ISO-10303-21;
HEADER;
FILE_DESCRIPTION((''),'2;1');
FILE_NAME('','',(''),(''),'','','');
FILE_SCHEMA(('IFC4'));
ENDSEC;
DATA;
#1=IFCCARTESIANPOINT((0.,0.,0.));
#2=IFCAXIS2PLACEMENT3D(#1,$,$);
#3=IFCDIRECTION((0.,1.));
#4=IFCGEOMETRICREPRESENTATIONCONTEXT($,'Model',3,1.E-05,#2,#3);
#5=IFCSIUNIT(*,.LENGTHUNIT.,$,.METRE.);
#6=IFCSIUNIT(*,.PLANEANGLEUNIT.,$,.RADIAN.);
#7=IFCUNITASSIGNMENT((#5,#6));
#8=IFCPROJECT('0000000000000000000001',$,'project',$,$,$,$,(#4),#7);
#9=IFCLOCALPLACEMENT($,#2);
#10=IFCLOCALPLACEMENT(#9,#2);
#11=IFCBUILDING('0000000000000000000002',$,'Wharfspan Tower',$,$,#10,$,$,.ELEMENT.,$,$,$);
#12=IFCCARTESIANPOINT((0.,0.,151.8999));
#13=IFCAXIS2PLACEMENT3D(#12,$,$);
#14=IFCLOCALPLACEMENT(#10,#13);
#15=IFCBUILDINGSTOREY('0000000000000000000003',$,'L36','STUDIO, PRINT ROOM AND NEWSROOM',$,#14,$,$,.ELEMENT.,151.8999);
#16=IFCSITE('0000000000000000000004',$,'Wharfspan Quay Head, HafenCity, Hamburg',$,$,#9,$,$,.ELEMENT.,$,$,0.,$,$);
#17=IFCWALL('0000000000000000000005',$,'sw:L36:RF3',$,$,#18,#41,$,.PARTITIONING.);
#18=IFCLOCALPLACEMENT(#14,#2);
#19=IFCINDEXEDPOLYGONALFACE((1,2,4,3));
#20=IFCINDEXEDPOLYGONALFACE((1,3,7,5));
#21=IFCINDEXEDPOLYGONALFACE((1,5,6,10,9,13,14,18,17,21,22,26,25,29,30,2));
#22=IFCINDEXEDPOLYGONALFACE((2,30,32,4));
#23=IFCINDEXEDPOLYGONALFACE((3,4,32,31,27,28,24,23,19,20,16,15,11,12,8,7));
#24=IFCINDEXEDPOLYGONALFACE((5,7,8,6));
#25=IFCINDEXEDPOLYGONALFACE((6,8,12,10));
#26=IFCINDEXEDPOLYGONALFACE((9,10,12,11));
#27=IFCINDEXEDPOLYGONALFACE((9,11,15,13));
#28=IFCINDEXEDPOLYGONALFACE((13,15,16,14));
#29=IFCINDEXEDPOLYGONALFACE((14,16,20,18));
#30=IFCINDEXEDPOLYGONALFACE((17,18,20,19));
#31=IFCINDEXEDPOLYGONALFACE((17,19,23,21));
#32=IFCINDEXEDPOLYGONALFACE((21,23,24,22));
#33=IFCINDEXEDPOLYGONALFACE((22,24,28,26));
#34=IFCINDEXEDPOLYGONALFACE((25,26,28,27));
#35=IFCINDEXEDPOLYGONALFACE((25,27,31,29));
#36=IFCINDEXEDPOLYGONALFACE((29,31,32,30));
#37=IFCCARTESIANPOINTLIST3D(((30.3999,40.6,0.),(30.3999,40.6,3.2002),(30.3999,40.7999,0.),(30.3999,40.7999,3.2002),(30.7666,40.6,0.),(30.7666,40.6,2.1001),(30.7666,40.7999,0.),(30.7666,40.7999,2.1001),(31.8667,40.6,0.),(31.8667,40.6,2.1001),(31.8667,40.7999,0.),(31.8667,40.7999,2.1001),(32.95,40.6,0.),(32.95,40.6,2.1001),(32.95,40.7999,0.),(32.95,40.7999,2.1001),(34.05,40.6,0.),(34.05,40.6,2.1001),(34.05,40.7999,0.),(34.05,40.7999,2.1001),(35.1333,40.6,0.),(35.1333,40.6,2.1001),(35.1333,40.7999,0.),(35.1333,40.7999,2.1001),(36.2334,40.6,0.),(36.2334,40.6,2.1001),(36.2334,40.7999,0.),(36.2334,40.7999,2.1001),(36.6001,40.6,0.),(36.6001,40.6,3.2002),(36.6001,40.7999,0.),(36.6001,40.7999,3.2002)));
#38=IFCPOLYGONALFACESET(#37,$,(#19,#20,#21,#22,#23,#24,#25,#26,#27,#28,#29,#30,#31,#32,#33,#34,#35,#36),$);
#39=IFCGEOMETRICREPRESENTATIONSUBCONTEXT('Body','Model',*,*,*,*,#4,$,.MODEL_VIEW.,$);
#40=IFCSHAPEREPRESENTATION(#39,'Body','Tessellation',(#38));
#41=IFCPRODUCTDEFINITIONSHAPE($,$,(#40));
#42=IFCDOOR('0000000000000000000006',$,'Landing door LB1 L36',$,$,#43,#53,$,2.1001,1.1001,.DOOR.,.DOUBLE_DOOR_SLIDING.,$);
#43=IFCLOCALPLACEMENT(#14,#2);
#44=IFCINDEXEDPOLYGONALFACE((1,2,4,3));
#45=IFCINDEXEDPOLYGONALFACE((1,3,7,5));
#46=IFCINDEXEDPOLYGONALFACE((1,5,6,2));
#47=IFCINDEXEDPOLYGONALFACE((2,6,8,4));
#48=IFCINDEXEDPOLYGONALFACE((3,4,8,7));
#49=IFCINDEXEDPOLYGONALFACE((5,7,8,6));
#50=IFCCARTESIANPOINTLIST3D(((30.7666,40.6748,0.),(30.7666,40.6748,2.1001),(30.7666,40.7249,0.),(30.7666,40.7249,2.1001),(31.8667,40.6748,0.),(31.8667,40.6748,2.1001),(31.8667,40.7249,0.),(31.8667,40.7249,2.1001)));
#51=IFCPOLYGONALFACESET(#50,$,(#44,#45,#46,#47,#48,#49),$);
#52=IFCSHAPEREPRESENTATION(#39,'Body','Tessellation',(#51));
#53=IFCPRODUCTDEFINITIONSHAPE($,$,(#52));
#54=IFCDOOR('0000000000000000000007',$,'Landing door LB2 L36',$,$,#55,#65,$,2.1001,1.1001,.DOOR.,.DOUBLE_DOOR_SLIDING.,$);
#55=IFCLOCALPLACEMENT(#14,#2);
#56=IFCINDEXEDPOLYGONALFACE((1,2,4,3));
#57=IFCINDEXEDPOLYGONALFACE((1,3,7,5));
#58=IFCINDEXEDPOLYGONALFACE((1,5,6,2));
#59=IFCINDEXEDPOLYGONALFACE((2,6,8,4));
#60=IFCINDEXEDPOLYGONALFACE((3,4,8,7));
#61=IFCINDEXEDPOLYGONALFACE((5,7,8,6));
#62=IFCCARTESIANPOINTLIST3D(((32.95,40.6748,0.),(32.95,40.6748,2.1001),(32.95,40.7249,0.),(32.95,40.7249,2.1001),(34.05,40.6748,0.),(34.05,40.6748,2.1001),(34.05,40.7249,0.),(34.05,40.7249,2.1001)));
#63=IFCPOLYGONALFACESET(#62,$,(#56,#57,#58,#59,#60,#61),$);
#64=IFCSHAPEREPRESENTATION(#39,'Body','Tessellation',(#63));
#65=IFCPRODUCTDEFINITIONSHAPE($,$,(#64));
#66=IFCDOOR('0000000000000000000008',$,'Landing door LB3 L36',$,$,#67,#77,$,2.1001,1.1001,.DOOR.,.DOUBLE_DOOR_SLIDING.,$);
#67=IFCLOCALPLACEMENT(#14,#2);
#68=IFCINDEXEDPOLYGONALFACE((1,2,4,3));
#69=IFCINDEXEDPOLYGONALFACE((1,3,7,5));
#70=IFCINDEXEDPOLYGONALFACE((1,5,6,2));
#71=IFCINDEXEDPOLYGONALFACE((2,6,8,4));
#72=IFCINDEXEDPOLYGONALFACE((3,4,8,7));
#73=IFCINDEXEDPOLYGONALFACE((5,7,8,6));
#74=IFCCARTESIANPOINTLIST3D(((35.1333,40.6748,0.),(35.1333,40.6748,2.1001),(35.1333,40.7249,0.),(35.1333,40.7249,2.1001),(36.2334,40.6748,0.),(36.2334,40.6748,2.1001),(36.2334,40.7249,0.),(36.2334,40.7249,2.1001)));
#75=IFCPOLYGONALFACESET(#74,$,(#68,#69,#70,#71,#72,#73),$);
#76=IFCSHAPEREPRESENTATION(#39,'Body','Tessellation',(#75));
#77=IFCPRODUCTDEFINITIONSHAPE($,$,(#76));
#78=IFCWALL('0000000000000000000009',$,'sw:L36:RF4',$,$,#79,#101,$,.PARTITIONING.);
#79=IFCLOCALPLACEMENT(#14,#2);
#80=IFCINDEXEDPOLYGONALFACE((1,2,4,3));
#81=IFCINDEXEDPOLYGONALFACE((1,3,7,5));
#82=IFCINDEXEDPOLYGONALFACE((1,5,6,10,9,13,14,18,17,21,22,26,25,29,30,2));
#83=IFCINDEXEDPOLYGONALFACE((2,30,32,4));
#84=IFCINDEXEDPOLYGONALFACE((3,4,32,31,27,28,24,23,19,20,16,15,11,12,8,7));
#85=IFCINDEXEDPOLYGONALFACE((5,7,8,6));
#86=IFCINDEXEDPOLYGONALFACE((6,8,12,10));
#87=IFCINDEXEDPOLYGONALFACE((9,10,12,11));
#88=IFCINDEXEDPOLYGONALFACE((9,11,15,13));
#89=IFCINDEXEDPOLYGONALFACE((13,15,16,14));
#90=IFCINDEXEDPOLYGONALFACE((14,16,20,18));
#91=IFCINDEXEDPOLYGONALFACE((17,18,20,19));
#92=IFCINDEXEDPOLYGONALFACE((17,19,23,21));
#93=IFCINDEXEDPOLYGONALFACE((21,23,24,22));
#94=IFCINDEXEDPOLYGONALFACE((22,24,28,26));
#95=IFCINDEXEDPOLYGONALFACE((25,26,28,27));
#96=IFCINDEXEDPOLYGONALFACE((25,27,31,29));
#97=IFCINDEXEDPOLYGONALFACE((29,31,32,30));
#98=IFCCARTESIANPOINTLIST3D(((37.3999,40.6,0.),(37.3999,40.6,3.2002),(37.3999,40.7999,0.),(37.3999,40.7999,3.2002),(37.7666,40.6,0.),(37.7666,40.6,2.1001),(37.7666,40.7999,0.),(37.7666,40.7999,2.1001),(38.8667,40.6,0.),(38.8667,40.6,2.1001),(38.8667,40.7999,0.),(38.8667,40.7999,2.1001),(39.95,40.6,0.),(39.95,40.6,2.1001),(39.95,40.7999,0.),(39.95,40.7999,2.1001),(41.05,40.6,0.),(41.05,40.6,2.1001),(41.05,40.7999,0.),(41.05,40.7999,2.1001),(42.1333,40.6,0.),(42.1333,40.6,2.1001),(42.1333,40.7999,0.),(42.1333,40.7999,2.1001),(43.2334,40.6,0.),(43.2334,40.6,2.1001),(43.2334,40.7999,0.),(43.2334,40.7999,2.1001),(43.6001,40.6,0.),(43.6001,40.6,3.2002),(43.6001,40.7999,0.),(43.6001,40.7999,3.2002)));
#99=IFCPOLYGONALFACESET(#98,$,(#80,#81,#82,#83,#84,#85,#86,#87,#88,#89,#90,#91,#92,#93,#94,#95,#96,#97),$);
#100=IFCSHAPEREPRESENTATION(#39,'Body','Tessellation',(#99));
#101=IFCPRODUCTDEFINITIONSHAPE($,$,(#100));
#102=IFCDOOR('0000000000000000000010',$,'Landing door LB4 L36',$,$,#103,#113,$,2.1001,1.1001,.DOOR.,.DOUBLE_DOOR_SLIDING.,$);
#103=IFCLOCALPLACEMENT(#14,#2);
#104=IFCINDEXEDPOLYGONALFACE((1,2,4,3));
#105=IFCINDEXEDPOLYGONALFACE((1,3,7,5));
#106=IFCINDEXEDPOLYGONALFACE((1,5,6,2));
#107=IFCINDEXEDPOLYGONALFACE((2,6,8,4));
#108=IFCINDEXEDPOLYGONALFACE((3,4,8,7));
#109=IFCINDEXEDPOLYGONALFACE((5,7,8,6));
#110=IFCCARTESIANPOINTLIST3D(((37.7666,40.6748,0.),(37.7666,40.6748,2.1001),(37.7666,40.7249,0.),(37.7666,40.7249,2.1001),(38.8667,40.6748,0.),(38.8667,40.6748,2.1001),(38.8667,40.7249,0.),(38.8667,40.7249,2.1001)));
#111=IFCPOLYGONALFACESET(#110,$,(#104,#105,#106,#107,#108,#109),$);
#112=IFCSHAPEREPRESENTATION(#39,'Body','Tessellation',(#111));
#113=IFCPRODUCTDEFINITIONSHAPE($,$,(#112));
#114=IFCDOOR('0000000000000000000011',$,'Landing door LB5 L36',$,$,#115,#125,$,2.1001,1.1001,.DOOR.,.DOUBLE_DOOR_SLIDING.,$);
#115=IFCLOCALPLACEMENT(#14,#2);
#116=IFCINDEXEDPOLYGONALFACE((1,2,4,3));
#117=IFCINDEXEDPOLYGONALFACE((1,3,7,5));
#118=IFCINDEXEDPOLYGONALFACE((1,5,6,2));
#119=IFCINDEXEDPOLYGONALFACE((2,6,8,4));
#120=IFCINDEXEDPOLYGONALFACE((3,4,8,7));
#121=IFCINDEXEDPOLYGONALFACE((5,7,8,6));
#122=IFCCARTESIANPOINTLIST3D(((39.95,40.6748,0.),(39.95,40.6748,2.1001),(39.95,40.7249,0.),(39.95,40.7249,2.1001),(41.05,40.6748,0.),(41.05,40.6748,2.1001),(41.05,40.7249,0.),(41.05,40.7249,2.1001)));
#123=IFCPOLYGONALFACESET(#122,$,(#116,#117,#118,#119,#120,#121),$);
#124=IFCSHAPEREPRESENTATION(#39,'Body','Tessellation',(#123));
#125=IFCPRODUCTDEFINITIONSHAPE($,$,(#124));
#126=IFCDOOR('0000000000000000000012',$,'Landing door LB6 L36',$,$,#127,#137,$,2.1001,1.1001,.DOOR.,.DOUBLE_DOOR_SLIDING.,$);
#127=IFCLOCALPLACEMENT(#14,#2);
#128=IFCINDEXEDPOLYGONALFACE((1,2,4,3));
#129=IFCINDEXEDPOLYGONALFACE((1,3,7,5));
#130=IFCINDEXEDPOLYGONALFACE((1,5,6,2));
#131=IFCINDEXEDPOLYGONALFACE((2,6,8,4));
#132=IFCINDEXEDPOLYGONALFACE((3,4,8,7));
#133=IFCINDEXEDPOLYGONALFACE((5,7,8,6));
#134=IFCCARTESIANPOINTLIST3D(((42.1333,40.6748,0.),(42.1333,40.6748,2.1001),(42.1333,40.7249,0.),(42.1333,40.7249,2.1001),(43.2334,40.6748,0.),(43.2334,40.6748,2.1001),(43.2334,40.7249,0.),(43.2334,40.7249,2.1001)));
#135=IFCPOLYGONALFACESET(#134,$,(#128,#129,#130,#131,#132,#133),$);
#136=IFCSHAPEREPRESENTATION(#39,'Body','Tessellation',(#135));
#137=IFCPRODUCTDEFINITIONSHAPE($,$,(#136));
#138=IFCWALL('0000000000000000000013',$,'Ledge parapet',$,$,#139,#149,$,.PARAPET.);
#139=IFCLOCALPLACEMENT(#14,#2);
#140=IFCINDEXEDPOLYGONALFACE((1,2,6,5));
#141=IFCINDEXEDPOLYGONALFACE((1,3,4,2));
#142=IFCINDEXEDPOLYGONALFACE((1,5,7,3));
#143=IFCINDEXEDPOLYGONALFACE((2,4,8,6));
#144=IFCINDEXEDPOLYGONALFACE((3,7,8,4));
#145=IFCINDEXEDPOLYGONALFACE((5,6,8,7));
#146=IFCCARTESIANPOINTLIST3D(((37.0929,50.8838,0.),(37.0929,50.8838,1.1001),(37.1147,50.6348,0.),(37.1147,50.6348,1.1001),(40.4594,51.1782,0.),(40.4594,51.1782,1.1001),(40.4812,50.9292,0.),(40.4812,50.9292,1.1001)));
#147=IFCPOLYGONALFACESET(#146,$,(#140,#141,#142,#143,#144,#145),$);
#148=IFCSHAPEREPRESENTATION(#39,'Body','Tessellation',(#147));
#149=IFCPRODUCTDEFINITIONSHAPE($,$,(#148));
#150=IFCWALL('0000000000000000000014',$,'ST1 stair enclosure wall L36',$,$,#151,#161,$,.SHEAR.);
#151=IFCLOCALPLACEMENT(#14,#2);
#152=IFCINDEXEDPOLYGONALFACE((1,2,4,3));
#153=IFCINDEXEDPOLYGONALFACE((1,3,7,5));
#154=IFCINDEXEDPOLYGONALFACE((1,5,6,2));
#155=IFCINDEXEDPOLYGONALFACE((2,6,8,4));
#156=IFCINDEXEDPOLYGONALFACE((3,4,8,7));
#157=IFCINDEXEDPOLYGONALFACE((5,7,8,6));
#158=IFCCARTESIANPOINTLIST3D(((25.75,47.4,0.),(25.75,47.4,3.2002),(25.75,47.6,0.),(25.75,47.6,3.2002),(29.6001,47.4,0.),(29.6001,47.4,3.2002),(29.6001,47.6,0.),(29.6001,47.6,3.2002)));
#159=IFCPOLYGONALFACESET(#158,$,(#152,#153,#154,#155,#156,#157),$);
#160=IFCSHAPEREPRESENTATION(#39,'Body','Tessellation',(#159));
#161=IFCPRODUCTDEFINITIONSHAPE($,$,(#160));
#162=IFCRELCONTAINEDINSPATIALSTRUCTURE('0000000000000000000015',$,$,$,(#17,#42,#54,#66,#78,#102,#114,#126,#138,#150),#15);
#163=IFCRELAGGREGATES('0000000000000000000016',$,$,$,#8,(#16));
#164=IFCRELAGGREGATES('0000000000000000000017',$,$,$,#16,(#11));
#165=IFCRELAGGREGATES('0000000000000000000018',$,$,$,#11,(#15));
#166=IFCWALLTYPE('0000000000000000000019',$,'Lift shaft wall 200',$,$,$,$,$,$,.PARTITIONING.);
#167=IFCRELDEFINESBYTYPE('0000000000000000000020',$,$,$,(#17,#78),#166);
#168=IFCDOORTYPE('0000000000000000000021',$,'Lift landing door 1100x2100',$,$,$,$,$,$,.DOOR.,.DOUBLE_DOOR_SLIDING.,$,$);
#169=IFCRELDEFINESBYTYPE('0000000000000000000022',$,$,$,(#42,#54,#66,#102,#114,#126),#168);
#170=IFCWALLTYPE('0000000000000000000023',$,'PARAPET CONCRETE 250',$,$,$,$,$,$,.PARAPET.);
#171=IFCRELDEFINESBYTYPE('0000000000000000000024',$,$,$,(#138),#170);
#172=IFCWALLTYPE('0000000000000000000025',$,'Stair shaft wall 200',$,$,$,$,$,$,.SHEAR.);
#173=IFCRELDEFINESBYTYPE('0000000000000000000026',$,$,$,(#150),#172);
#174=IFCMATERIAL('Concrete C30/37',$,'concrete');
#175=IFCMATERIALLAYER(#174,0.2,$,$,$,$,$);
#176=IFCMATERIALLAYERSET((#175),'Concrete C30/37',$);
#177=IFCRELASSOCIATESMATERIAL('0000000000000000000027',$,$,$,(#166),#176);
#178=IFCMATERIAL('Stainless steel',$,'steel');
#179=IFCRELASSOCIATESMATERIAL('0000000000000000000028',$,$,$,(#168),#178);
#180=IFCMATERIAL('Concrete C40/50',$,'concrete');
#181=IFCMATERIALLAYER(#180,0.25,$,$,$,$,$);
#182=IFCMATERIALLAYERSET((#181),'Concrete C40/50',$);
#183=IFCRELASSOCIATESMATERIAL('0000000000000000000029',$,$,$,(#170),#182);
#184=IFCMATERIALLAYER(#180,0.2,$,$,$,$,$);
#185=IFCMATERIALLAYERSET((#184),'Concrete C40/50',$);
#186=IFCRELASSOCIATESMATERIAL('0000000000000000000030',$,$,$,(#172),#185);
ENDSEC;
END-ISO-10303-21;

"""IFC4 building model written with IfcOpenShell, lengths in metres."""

from ifc_helpers import new_model, si_unit, direction, frame, frame_2d, origin, place, context, subcontext, project, spatial, rectangle, extrude, material, layer, layer_set, type_object, element, fill, save


model = new_model("IFC4")

# Units and contexts
model_context = context("Model", 3, precision=1e-05, world=origin(), true_north=direction((0.0, 1.0)))
body_context = subcontext(model_context, "Body", "Model", "MODEL_VIEW")
ifc_project = project(units=[si_unit("LENGTHUNIT", "METRE"), si_unit("PLANEANGLEUNIT", "RADIAN")], contexts=[model_context])

# Site, building, storey
site_placement = place(None, origin())
site = spatial("IfcSite", under=ifc_project, at=site_placement, Name="Wharfspan Quay Head, HafenCity, Hamburg", CompositionType="ELEMENT", RefElevation=0.0)
building_placement = place(site_placement, origin())
building = spatial("IfcBuilding", under=site, at=building_placement, Name="Wharfspan Tower", CompositionType="ELEMENT")
storey_placement = place(building_placement, frame((0.0, 0.0, 151.8999)))
storey = spatial("IfcBuildingStorey", under=building, at=storey_placement, Name="L36", Description="STUDIO, PRINT ROOM AND NEWSROOM", CompositionType="ELEMENT", Elevation=151.8999)

# Walls, openings, doors
ifc_material_1 = material(Name="Concrete C30/37", Category="concrete")
ifc_layer_1 = layer(ifc_material_1, 0.2)
ifc_layer_set_1 = layer_set([ifc_layer_1], Name="Concrete C30/37")
wall_type_1 = type_object("IfcWallType", Name="Lift shaft wall 200", PredefinedType="PARTITIONING", material=ifc_layer_set_1)
wall_1_placement = place(storey_placement, frame((30.3999, 40.7, 0.0), z_axis=(0.0, 0.0, 1.0), x_axis=(1.0, 0.0, 0.0)))
wall_1 = element("IfcWall", 1, at=wall_1_placement, inside=storey, type_object=wall_type_1, Name="sw:L36:RF3", PredefinedType="PARTITIONING", context=body_context, shape_type="SweptSolid", body=[
    extrude(rectangle(XDim=6.2002, YDim=0.2, at=frame_2d((3.1001, 0.0))), origin(), (0.0, 0.0, 1.0), 3.2002),
])
opening_1_placement = place(wall_1_placement, frame((0.3667, 0.0, 0.0)))
opening_1 = element("IfcOpeningElement", 2, at=opening_1_placement, cuts=wall_1, PredefinedType="OPENING", context=body_context, shape_type="SweptSolid", body=[
    extrude(rectangle(XDim=1.1001, YDim=2.1001, at=frame_2d((0.55, 1.05))), frame((0.0, 0.1099, 0.0), z_axis=(0.0, -1.0, 0.0), x_axis=(1.0, 0.0, 0.0)), (0.0, 0.0, 1.0), 0.22),
])
opening_2_placement = place(wall_1_placement, frame((2.55, 0.0, 0.0)))
opening_2 = element("IfcOpeningElement", 3, at=opening_2_placement, cuts=wall_1, PredefinedType="OPENING", context=body_context, shape_type="SweptSolid", body=[
    extrude(rectangle(XDim=1.1001, YDim=2.1001, at=frame_2d((0.55, 1.05))), frame((0.0, 0.1099, 0.0), z_axis=(0.0, -1.0, 0.0), x_axis=(1.0, 0.0, 0.0)), (0.0, 0.0, 1.0), 0.22),
])
opening_3_placement = place(wall_1_placement, frame((4.7334, 0.0, 0.0)))
opening_3 = element("IfcOpeningElement", 4, at=opening_3_placement, cuts=wall_1, PredefinedType="OPENING", context=body_context, shape_type="SweptSolid", body=[
    extrude(rectangle(XDim=1.1001, YDim=2.1001, at=frame_2d((0.55, 1.05))), frame((0.0, 0.1099, 0.0), z_axis=(0.0, -1.0, 0.0), x_axis=(1.0, 0.0, 0.0)), (0.0, 0.0, 1.0), 0.22),
])
ifc_material_2 = material(Name="Stainless steel", Category="steel")
door_type_1 = type_object("IfcDoorType", Name="Lift landing door 1100x2100", OperationType="DOUBLE_DOOR_SLIDING", PredefinedType="DOOR", material=ifc_material_2)
door_1_placement = place(opening_1_placement, origin())
door_1 = element("IfcDoor", 5, at=door_1_placement, inside=storey, type_object=door_type_1, Name="Landing door LB1 L36", OperationType="DOUBLE_DOOR_SLIDING", OverallHeight=2.1001, OverallWidth=1.1001, PredefinedType="DOOR", context=body_context, shape_type="SweptSolid", body=[
    extrude(rectangle(XDim=1.1001, YDim=2.1001, at=frame_2d((0.55, 1.05))), frame((0.0, 0.0249, 0.0), z_axis=(0.0, -1.0, 0.0), x_axis=(1.0, 0.0, 0.0)), (0.0, 0.0, 1.0), 0.05),
])
fill(opening_1, door_1)
door_2_placement = place(opening_2_placement, origin())
door_2 = element("IfcDoor", 6, at=door_2_placement, inside=storey, type_object=door_type_1, Name="Landing door LB2 L36", OperationType="DOUBLE_DOOR_SLIDING", OverallHeight=2.1001, OverallWidth=1.1001, PredefinedType="DOOR", context=body_context, shape_type="SweptSolid", body=[
    extrude(rectangle(XDim=1.1001, YDim=2.1001, at=frame_2d((0.55, 1.05))), frame((0.0, 0.0249, 0.0), z_axis=(0.0, -1.0, 0.0), x_axis=(1.0, 0.0, 0.0)), (0.0, 0.0, 1.0), 0.05),
])
fill(opening_2, door_2)
door_3_placement = place(opening_3_placement, origin())
door_3 = element("IfcDoor", 7, at=door_3_placement, inside=storey, type_object=door_type_1, Name="Landing door LB3 L36", OperationType="DOUBLE_DOOR_SLIDING", OverallHeight=2.1001, OverallWidth=1.1001, PredefinedType="DOOR", context=body_context, shape_type="SweptSolid", body=[
    extrude(rectangle(XDim=1.1001, YDim=2.1001, at=frame_2d((0.55, 1.05))), frame((0.0, 0.0249, 0.0), z_axis=(0.0, -1.0, 0.0), x_axis=(1.0, 0.0, 0.0)), (0.0, 0.0, 1.0), 0.05),
])
fill(opening_3, door_3)
wall_2_placement = place(storey_placement, frame((37.3999, 40.7, 0.0), z_axis=(0.0, 0.0, 1.0), x_axis=(1.0, 0.0, 0.0)))
wall_2 = element("IfcWall", 8, at=wall_2_placement, inside=storey, type_object=wall_type_1, Name="sw:L36:RF4", PredefinedType="PARTITIONING", context=body_context, shape_type="SweptSolid", body=[
    extrude(rectangle(XDim=6.2002, YDim=0.2, at=frame_2d((3.1001, 0.0))), origin(), (0.0, 0.0, 1.0), 3.2002),
])
opening_4_placement = place(wall_2_placement, frame((0.3667, 0.0, 0.0)))
opening_4 = element("IfcOpeningElement", 9, at=opening_4_placement, cuts=wall_2, PredefinedType="OPENING", context=body_context, shape_type="SweptSolid", body=[
    extrude(rectangle(XDim=1.1001, YDim=2.1001, at=frame_2d((0.55, 1.05))), frame((0.0, 0.1099, 0.0), z_axis=(0.0, -1.0, 0.0), x_axis=(1.0, 0.0, 0.0)), (0.0, 0.0, 1.0), 0.22),
])
opening_5_placement = place(wall_2_placement, frame((2.55, 0.0, 0.0)))
opening_5 = element("IfcOpeningElement", 10, at=opening_5_placement, cuts=wall_2, PredefinedType="OPENING", context=body_context, shape_type="SweptSolid", body=[
    extrude(rectangle(XDim=1.1001, YDim=2.1001, at=frame_2d((0.55, 1.05))), frame((0.0, 0.1099, 0.0), z_axis=(0.0, -1.0, 0.0), x_axis=(1.0, 0.0, 0.0)), (0.0, 0.0, 1.0), 0.22),
])
opening_6_placement = place(wall_2_placement, frame((4.7334, 0.0, 0.0)))
opening_6 = element("IfcOpeningElement", 11, at=opening_6_placement, cuts=wall_2, PredefinedType="OPENING", context=body_context, shape_type="SweptSolid", body=[
    extrude(rectangle(XDim=1.1001, YDim=2.1001, at=frame_2d((0.55, 1.05))), frame((0.0, 0.1099, 0.0), z_axis=(0.0, -1.0, 0.0), x_axis=(1.0, 0.0, 0.0)), (0.0, 0.0, 1.0), 0.22),
])
door_4_placement = place(opening_4_placement, origin())
door_4 = element("IfcDoor", 12, at=door_4_placement, inside=storey, type_object=door_type_1, Name="Landing door LB4 L36", OperationType="DOUBLE_DOOR_SLIDING", OverallHeight=2.1001, OverallWidth=1.1001, PredefinedType="DOOR", context=body_context, shape_type="SweptSolid", body=[
    extrude(rectangle(XDim=1.1001, YDim=2.1001, at=frame_2d((0.55, 1.05))), frame((0.0, 0.0249, 0.0), z_axis=(0.0, -1.0, 0.0), x_axis=(1.0, 0.0, 0.0)), (0.0, 0.0, 1.0), 0.05),
])
fill(opening_4, door_4)
door_5_placement = place(opening_5_placement, origin())
door_5 = element("IfcDoor", 13, at=door_5_placement, inside=storey, type_object=door_type_1, Name="Landing door LB5 L36", OperationType="DOUBLE_DOOR_SLIDING", OverallHeight=2.1001, OverallWidth=1.1001, PredefinedType="DOOR", context=body_context, shape_type="SweptSolid", body=[
    extrude(rectangle(XDim=1.1001, YDim=2.1001, at=frame_2d((0.55, 1.05))), frame((0.0, 0.0249, 0.0), z_axis=(0.0, -1.0, 0.0), x_axis=(1.0, 0.0, 0.0)), (0.0, 0.0, 1.0), 0.05),
])
fill(opening_5, door_5)
door_6_placement = place(opening_6_placement, origin())
door_6 = element("IfcDoor", 14, at=door_6_placement, inside=storey, type_object=door_type_1, Name="Landing door LB6 L36", OperationType="DOUBLE_DOOR_SLIDING", OverallHeight=2.1001, OverallWidth=1.1001, PredefinedType="DOOR", context=body_context, shape_type="SweptSolid", body=[
    extrude(rectangle(XDim=1.1001, YDim=2.1001, at=frame_2d((0.55, 1.05))), frame((0.0, 0.0249, 0.0), z_axis=(0.0, -1.0, 0.0), x_axis=(1.0, 0.0, 0.0)), (0.0, 0.0, 1.0), 0.05),
])
fill(opening_6, door_6)

# Walls
ifc_material_3 = material(Name="Concrete C40/50", Category="concrete")
ifc_layer_2 = layer(ifc_material_3, 0.25)
ifc_layer_set_2 = layer_set([ifc_layer_2], Name="Concrete C40/50")
wall_type_2 = type_object("IfcWallType", Name="PARAPET CONCRETE 250", PredefinedType="PARAPET", material=ifc_layer_set_2)
wall_3_placement = place(storey_placement, frame((37.1038, 50.7593, 0.0), z_axis=(0.0, 0.0, 1.0), x_axis=(0.996193, 0.087128, 0.0)))
element("IfcWall", 15, at=wall_3_placement, inside=storey, type_object=wall_type_2, Name="Ledge parapet", PredefinedType="PARAPET", context=body_context, shape_type="SweptSolid", body=[
    extrude(rectangle(XDim=3.3794, YDim=0.25, at=frame_2d((1.6897, 0.0))), origin(), (0.0, 0.0, 1.0), 1.1001),
])
ifc_layer_3 = layer(ifc_material_3, 0.2)
ifc_layer_set_3 = layer_set([ifc_layer_3], Name="Concrete C40/50")
wall_type_3 = type_object("IfcWallType", Name="Stair shaft wall 200", PredefinedType="SHEAR", material=ifc_layer_set_3)
wall_4_placement = place(storey_placement, frame((25.75, 47.5, 0.0), z_axis=(0.0, 0.0, 1.0), x_axis=(1.0, 0.0, 0.0)))
element("IfcWall", 16, at=wall_4_placement, inside=storey, type_object=wall_type_3, Name="ST1 stair enclosure wall L36", PredefinedType="SHEAR", context=body_context, shape_type="SweptSolid", body=[
    extrude(rectangle(XDim=3.8501, YDim=0.2, at=frame_2d((1.925, 0.0))), origin(), (0.0, 0.0, 1.0), 3.2002),
])

save(model, "model.ifc")
